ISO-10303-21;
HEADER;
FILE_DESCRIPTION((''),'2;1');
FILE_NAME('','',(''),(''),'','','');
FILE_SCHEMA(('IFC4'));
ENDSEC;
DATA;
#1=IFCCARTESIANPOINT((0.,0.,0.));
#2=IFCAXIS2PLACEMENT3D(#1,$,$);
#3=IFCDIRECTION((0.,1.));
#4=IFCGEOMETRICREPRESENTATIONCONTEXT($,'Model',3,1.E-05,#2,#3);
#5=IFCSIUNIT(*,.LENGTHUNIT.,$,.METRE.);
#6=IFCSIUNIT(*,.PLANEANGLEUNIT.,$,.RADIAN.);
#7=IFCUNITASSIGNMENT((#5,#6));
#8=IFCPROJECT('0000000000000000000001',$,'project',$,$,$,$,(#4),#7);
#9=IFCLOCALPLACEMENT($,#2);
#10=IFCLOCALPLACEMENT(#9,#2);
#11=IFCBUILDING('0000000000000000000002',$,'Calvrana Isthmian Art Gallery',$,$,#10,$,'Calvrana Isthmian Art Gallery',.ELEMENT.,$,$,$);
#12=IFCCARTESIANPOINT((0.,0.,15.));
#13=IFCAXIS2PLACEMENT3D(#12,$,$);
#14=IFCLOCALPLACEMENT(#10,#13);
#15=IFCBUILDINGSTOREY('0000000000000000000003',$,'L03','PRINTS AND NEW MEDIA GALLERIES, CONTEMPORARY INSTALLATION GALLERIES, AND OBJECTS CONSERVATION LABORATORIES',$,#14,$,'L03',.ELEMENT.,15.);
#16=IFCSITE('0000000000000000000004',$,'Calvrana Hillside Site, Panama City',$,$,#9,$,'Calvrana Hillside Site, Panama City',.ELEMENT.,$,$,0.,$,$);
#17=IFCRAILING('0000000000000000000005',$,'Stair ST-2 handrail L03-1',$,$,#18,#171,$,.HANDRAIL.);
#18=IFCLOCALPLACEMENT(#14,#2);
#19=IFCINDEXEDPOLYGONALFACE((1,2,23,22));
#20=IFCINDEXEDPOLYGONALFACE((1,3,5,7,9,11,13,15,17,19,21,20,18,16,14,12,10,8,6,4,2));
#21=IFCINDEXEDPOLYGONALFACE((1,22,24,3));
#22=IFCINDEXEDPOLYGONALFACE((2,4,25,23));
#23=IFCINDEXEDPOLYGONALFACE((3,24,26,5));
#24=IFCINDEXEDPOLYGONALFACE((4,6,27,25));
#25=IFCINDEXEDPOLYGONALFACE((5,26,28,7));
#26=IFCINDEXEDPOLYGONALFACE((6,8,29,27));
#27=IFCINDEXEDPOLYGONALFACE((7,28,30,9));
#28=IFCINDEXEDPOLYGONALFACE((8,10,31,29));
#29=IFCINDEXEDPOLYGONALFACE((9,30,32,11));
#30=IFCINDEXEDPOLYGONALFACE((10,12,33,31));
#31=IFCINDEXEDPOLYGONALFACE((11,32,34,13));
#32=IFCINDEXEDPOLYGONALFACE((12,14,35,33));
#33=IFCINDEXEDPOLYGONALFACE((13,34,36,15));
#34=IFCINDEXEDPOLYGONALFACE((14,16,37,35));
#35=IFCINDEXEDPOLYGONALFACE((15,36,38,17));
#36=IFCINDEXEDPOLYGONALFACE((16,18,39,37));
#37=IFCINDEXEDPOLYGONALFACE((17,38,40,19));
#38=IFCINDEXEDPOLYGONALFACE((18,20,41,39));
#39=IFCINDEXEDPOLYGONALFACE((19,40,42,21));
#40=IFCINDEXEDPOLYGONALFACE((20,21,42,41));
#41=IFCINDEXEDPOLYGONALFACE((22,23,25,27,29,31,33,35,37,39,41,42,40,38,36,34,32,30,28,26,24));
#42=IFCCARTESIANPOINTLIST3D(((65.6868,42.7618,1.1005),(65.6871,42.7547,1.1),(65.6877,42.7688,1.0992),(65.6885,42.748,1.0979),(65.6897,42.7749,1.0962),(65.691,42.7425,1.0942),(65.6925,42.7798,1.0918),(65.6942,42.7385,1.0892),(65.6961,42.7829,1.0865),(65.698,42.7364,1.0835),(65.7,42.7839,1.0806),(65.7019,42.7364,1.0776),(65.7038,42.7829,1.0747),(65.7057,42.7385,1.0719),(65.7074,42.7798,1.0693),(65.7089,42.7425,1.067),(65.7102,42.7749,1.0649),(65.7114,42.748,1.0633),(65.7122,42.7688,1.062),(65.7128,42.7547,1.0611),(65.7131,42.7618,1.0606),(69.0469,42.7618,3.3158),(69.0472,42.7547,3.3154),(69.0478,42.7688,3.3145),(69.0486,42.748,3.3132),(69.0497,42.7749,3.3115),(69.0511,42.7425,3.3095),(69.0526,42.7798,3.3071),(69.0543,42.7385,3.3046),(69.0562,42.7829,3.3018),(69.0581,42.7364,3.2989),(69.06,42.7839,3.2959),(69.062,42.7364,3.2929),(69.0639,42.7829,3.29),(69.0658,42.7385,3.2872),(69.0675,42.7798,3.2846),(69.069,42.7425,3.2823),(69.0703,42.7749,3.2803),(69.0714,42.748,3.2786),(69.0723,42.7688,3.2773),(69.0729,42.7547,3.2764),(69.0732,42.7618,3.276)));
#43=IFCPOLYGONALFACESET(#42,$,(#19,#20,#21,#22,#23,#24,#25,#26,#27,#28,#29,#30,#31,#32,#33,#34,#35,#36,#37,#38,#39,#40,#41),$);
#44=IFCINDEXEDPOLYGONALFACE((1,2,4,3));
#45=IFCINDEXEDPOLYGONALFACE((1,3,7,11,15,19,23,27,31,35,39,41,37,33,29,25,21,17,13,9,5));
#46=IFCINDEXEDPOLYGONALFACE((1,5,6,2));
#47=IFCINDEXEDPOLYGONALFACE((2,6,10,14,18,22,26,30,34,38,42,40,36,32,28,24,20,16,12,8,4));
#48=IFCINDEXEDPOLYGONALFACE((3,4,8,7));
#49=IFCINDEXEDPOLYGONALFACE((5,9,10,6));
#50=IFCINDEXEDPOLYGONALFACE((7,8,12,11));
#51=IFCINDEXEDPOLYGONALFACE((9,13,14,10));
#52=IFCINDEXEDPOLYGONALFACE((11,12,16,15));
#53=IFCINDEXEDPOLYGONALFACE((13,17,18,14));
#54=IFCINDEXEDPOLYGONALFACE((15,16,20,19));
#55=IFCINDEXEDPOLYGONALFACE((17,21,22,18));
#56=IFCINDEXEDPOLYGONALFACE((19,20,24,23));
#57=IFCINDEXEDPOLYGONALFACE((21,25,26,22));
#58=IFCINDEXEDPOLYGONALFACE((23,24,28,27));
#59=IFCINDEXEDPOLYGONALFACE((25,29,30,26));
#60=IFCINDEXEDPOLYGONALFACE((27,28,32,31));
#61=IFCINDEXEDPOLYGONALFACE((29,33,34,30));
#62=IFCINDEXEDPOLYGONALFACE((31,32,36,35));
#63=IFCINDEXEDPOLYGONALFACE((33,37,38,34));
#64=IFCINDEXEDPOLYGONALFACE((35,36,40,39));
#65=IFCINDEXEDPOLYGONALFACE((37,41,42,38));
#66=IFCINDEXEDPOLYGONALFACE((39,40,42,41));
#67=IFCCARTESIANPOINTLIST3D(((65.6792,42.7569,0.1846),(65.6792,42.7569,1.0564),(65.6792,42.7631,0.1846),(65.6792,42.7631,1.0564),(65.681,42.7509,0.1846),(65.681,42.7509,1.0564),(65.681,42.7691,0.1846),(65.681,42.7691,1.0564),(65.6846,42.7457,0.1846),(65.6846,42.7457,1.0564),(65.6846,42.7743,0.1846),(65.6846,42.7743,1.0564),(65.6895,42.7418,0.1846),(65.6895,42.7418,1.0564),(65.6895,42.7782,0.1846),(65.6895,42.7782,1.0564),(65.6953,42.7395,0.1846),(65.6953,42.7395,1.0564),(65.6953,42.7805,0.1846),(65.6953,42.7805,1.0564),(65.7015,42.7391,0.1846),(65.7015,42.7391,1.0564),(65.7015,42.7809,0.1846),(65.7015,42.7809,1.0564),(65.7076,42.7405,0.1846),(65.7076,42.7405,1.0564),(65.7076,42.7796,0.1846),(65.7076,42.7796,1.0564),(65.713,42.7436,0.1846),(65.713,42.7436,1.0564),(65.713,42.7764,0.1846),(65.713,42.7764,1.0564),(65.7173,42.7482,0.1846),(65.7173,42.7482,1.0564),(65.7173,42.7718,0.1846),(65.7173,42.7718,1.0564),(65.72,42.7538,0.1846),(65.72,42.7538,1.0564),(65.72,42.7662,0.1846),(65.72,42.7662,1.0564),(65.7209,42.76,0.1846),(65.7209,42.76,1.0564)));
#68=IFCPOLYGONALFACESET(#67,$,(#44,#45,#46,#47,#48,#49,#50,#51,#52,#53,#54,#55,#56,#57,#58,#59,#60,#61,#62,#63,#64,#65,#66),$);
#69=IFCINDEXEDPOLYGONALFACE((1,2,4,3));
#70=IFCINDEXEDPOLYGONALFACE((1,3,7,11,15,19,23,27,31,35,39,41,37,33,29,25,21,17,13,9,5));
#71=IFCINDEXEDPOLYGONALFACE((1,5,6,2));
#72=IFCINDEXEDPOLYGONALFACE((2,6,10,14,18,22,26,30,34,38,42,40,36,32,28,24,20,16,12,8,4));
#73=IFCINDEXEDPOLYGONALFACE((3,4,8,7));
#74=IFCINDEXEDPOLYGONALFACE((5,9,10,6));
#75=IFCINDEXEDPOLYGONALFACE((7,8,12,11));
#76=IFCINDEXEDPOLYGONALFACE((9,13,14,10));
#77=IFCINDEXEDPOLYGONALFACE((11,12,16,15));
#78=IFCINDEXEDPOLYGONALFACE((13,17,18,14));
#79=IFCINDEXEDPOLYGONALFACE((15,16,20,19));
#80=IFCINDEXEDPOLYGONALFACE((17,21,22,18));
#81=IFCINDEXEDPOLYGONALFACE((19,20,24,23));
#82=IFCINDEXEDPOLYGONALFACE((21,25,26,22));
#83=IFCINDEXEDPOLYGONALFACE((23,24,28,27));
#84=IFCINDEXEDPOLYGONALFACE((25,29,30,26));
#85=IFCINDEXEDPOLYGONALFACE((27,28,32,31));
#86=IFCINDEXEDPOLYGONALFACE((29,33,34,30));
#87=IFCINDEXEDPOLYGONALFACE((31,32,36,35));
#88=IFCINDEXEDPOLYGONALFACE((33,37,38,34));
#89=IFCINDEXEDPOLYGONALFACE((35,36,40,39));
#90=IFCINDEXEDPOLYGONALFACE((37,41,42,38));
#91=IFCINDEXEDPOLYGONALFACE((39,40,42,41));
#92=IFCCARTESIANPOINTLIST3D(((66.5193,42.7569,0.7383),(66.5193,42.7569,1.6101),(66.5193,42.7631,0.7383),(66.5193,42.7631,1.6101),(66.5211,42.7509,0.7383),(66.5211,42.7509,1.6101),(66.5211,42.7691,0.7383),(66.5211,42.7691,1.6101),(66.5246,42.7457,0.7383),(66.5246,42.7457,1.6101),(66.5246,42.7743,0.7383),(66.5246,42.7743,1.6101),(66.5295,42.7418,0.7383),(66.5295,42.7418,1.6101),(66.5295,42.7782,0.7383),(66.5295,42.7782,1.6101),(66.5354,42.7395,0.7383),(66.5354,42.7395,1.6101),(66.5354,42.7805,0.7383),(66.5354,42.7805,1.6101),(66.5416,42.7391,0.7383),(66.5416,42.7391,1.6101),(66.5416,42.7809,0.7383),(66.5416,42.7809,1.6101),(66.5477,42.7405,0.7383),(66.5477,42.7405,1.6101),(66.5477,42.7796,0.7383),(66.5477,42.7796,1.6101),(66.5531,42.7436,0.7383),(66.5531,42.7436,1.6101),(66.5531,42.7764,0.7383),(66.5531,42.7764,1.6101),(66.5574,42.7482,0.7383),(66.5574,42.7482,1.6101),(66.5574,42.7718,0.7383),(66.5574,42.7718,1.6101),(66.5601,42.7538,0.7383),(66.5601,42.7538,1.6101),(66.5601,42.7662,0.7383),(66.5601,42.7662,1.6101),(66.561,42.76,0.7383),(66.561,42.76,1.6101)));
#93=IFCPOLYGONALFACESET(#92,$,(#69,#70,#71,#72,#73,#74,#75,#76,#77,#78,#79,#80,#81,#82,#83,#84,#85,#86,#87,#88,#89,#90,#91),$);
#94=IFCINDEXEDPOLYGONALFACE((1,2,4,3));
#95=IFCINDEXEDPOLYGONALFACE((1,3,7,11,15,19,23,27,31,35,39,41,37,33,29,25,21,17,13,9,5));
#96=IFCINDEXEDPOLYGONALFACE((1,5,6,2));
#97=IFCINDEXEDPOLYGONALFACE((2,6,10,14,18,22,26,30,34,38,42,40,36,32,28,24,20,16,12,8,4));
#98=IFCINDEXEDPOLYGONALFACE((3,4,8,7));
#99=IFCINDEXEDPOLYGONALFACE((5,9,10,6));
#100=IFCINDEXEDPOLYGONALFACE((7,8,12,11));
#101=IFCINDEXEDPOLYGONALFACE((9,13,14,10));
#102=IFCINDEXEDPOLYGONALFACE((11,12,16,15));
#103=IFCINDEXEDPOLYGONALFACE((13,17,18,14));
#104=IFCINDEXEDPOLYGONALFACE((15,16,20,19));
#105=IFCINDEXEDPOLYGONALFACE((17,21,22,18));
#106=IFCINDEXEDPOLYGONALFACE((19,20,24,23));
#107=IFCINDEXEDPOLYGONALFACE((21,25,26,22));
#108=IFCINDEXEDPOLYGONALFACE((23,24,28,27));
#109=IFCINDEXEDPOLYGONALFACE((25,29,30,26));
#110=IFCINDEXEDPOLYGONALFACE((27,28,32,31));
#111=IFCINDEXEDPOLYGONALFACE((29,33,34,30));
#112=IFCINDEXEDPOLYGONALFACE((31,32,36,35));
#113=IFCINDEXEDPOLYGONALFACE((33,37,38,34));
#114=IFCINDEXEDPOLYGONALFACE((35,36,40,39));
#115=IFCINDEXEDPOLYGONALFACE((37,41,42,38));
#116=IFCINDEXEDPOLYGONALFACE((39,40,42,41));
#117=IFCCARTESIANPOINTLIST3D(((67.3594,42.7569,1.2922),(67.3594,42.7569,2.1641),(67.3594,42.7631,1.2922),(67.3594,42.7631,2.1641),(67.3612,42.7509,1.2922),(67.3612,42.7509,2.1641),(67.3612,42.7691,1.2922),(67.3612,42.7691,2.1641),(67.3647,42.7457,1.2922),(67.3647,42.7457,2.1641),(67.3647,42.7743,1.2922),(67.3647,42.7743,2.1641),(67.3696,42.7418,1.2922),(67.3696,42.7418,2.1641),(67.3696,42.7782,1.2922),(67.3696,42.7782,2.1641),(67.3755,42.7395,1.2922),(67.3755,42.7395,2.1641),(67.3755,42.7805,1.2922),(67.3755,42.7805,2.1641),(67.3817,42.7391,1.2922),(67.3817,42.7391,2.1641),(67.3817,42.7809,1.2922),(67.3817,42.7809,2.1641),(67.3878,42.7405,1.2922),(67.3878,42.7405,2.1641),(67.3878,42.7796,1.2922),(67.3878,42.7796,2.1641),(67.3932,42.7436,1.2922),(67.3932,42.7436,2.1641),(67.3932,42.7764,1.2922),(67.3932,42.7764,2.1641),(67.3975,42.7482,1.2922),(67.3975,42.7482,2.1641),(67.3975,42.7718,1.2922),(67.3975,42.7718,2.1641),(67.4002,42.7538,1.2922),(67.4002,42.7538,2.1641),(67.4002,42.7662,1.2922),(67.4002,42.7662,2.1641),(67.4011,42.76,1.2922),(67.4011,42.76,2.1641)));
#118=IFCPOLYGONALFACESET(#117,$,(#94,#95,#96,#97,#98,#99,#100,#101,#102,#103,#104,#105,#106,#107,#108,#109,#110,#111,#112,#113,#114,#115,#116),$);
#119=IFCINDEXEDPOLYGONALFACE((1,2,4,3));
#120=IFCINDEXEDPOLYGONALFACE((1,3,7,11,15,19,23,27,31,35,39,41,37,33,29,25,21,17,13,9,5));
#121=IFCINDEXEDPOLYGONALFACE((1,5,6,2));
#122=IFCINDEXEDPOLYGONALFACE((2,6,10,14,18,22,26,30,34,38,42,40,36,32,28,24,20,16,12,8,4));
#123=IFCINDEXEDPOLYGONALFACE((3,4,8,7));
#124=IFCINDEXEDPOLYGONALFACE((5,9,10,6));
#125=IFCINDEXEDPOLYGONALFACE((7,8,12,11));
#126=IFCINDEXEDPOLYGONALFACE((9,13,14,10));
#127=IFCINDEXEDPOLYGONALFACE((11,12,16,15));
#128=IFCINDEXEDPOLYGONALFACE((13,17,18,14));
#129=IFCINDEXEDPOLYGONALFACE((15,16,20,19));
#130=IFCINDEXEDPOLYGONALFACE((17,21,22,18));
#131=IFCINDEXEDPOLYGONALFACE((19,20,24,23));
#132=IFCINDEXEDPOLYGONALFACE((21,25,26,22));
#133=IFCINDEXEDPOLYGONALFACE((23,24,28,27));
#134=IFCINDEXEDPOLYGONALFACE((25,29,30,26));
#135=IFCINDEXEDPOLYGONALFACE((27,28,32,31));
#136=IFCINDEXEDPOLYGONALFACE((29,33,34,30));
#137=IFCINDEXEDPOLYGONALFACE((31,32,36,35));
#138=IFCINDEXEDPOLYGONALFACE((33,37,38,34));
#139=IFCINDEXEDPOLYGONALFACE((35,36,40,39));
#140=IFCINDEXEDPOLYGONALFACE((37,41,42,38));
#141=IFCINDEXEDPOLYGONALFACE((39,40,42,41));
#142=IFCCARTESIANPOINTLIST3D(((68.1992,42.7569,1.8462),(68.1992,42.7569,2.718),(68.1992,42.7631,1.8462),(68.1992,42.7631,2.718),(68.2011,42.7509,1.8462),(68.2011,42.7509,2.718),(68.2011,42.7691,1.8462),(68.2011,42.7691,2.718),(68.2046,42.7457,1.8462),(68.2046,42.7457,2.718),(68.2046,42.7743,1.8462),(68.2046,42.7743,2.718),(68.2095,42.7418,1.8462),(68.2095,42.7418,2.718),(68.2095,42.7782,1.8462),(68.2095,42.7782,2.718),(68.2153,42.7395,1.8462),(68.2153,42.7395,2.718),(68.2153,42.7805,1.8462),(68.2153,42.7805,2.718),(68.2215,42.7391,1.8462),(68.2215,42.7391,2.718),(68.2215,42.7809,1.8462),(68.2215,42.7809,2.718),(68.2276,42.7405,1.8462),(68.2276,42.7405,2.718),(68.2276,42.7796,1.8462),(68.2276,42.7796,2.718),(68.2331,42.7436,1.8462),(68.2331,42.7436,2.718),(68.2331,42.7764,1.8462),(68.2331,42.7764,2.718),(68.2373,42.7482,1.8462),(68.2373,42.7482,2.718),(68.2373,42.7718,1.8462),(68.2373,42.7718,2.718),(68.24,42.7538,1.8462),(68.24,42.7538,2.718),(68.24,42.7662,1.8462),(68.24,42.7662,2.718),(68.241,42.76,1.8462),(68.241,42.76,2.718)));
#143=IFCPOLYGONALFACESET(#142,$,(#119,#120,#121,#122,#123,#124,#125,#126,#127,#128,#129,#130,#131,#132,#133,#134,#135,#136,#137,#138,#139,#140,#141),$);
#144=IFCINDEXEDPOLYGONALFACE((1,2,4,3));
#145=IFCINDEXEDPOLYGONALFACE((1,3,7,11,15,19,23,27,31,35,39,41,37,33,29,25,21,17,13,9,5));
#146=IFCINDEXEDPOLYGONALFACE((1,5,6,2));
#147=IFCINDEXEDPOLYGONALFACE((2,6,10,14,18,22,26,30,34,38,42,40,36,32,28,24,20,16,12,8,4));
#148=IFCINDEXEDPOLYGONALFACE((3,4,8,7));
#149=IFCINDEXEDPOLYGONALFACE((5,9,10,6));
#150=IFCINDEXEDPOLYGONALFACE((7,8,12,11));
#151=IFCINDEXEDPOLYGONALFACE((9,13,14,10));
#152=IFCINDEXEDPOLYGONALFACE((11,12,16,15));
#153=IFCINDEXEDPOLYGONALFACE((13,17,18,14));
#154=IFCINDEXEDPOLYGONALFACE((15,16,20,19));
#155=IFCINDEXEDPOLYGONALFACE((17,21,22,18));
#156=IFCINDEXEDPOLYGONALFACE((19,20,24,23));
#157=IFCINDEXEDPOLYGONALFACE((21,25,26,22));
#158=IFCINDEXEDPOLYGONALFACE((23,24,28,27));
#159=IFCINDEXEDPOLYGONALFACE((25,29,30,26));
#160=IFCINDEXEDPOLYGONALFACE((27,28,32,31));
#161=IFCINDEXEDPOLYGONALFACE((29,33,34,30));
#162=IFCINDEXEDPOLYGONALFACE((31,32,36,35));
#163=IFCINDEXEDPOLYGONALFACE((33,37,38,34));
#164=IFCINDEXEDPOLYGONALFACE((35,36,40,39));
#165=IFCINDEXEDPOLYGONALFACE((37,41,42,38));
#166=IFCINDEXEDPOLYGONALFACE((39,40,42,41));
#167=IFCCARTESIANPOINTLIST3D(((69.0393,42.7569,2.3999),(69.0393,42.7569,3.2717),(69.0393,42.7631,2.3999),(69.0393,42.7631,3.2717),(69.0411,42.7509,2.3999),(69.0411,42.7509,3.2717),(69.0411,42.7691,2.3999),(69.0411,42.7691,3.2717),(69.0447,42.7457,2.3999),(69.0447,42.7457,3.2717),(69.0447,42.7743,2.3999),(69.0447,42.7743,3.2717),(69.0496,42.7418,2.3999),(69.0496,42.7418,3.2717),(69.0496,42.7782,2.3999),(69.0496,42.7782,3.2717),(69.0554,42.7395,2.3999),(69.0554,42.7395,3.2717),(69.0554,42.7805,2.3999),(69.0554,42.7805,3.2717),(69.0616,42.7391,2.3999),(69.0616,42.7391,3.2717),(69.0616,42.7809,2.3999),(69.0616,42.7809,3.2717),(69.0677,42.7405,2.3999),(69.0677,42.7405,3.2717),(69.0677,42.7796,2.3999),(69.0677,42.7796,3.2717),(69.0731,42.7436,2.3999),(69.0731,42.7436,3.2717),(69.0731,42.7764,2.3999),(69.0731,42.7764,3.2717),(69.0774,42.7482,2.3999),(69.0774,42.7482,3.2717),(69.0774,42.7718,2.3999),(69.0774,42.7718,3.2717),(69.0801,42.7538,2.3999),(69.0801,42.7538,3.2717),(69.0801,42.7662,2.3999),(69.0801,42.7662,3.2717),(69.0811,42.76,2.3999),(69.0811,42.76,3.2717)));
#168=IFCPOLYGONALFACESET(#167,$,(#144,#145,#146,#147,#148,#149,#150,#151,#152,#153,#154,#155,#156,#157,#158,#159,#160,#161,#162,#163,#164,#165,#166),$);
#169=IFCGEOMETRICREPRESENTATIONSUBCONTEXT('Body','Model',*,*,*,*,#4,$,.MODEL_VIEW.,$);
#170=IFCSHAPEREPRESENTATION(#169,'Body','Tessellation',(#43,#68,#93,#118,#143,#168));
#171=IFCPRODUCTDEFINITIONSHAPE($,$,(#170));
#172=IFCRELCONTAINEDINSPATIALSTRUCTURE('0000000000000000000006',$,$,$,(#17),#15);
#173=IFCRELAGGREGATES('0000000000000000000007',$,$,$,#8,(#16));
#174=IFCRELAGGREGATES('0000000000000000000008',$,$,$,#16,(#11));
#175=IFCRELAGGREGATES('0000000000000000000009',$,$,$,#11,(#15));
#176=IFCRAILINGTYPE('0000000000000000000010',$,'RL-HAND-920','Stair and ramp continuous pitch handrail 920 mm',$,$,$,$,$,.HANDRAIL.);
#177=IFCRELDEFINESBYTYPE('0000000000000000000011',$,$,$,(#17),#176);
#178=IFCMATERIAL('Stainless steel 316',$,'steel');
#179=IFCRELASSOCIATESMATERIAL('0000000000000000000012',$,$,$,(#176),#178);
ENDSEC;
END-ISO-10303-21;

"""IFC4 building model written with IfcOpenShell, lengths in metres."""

from ifc_helpers import new_model, si_unit, direction, frame, origin, origin_2d, place, context, subcontext, project, spatial, circle, extrude, material, type_object, element, save


model = new_model("IFC4")

# Units and contexts
model_context = context("Model", 3, precision=1e-05, world=origin(), true_north=direction((0.0, 1.0)))
body_context = subcontext(model_context, "Body", "Model", "MODEL_VIEW")
ifc_project = project(units=[si_unit("LENGTHUNIT", "METRE"), si_unit("PLANEANGLEUNIT", "RADIAN")], contexts=[model_context])

# Site, building, storey
site_placement = place(None, origin())
site = spatial("IfcSite", under=ifc_project, at=site_placement, Name="Calvrana Hillside Site, Panama City", LongName="Calvrana Hillside Site, Panama City", CompositionType="ELEMENT", RefElevation=0.0)
building_placement = place(site_placement, origin())
building = spatial("IfcBuilding", under=site, at=building_placement, Name="Calvrana Isthmian Art Gallery", LongName="Calvrana Isthmian Art Gallery", CompositionType="ELEMENT")
storey_placement = place(building_placement, frame((0.0, 0.0, 15.0)))
storey = spatial("IfcBuildingStorey", under=building, at=storey_placement, Name="L03", Description="PRINTS AND NEW MEDIA GALLERIES, CONTEMPORARY INSTALLATION GALLERIES, AND OBJECTS CONSERVATION LABORATORIES", LongName="L03", CompositionType="ELEMENT", Elevation=15.0)

# Railing
ifc_material_1 = material(Name="Stainless steel 316", Category="steel")
railing_type_1 = type_object("IfcRailingType", Name="RL-HAND-920", Description="Stair and ramp continuous pitch handrail 920 mm", PredefinedType="HANDRAIL", material=ifc_material_1)
railing_1_placement = place(storey_placement, frame((65.7, 42.76, 0.1846)))
element("IfcRailing", 1, at=railing_1_placement, inside=storey, type_object=railing_type_1, Name="Stair ST-2 handrail L03-1", PredefinedType="HANDRAIL", context=body_context, shape_type="SweptSolid", body=[
    extrude(circle(Radius=0.0239, at=origin_2d()), frame((0.0, 0.0, 0.896), z_axis=(0.834876, 0.0, 0.550437), x_axis=(0.0, 1.0, 0.0)), (0.0, 0.0, 1.0), 4.0247),
    extrude(circle(Radius=0.021, at=origin_2d()), origin(), (0.0, 0.0, 1.0), 0.8718),
    extrude(circle(Radius=0.021, at=origin_2d()), frame((0.8401, 0.0, 0.5537)), (0.0, 0.0, 1.0), 0.8718),
    extrude(circle(Radius=0.021, at=origin_2d()), frame((1.6802, 0.0, 1.1077)), (0.0, 0.0, 1.0), 0.8718),
    extrude(circle(Radius=0.021, at=origin_2d()), frame((2.52, 0.0, 1.6616)), (0.0, 0.0, 1.0), 0.8718),
    extrude(circle(Radius=0.021, at=origin_2d()), frame((3.3601, 0.0, 2.2153)), (0.0, 0.0, 1.0), 0.8718),
])

save(model, "model.ifc")
